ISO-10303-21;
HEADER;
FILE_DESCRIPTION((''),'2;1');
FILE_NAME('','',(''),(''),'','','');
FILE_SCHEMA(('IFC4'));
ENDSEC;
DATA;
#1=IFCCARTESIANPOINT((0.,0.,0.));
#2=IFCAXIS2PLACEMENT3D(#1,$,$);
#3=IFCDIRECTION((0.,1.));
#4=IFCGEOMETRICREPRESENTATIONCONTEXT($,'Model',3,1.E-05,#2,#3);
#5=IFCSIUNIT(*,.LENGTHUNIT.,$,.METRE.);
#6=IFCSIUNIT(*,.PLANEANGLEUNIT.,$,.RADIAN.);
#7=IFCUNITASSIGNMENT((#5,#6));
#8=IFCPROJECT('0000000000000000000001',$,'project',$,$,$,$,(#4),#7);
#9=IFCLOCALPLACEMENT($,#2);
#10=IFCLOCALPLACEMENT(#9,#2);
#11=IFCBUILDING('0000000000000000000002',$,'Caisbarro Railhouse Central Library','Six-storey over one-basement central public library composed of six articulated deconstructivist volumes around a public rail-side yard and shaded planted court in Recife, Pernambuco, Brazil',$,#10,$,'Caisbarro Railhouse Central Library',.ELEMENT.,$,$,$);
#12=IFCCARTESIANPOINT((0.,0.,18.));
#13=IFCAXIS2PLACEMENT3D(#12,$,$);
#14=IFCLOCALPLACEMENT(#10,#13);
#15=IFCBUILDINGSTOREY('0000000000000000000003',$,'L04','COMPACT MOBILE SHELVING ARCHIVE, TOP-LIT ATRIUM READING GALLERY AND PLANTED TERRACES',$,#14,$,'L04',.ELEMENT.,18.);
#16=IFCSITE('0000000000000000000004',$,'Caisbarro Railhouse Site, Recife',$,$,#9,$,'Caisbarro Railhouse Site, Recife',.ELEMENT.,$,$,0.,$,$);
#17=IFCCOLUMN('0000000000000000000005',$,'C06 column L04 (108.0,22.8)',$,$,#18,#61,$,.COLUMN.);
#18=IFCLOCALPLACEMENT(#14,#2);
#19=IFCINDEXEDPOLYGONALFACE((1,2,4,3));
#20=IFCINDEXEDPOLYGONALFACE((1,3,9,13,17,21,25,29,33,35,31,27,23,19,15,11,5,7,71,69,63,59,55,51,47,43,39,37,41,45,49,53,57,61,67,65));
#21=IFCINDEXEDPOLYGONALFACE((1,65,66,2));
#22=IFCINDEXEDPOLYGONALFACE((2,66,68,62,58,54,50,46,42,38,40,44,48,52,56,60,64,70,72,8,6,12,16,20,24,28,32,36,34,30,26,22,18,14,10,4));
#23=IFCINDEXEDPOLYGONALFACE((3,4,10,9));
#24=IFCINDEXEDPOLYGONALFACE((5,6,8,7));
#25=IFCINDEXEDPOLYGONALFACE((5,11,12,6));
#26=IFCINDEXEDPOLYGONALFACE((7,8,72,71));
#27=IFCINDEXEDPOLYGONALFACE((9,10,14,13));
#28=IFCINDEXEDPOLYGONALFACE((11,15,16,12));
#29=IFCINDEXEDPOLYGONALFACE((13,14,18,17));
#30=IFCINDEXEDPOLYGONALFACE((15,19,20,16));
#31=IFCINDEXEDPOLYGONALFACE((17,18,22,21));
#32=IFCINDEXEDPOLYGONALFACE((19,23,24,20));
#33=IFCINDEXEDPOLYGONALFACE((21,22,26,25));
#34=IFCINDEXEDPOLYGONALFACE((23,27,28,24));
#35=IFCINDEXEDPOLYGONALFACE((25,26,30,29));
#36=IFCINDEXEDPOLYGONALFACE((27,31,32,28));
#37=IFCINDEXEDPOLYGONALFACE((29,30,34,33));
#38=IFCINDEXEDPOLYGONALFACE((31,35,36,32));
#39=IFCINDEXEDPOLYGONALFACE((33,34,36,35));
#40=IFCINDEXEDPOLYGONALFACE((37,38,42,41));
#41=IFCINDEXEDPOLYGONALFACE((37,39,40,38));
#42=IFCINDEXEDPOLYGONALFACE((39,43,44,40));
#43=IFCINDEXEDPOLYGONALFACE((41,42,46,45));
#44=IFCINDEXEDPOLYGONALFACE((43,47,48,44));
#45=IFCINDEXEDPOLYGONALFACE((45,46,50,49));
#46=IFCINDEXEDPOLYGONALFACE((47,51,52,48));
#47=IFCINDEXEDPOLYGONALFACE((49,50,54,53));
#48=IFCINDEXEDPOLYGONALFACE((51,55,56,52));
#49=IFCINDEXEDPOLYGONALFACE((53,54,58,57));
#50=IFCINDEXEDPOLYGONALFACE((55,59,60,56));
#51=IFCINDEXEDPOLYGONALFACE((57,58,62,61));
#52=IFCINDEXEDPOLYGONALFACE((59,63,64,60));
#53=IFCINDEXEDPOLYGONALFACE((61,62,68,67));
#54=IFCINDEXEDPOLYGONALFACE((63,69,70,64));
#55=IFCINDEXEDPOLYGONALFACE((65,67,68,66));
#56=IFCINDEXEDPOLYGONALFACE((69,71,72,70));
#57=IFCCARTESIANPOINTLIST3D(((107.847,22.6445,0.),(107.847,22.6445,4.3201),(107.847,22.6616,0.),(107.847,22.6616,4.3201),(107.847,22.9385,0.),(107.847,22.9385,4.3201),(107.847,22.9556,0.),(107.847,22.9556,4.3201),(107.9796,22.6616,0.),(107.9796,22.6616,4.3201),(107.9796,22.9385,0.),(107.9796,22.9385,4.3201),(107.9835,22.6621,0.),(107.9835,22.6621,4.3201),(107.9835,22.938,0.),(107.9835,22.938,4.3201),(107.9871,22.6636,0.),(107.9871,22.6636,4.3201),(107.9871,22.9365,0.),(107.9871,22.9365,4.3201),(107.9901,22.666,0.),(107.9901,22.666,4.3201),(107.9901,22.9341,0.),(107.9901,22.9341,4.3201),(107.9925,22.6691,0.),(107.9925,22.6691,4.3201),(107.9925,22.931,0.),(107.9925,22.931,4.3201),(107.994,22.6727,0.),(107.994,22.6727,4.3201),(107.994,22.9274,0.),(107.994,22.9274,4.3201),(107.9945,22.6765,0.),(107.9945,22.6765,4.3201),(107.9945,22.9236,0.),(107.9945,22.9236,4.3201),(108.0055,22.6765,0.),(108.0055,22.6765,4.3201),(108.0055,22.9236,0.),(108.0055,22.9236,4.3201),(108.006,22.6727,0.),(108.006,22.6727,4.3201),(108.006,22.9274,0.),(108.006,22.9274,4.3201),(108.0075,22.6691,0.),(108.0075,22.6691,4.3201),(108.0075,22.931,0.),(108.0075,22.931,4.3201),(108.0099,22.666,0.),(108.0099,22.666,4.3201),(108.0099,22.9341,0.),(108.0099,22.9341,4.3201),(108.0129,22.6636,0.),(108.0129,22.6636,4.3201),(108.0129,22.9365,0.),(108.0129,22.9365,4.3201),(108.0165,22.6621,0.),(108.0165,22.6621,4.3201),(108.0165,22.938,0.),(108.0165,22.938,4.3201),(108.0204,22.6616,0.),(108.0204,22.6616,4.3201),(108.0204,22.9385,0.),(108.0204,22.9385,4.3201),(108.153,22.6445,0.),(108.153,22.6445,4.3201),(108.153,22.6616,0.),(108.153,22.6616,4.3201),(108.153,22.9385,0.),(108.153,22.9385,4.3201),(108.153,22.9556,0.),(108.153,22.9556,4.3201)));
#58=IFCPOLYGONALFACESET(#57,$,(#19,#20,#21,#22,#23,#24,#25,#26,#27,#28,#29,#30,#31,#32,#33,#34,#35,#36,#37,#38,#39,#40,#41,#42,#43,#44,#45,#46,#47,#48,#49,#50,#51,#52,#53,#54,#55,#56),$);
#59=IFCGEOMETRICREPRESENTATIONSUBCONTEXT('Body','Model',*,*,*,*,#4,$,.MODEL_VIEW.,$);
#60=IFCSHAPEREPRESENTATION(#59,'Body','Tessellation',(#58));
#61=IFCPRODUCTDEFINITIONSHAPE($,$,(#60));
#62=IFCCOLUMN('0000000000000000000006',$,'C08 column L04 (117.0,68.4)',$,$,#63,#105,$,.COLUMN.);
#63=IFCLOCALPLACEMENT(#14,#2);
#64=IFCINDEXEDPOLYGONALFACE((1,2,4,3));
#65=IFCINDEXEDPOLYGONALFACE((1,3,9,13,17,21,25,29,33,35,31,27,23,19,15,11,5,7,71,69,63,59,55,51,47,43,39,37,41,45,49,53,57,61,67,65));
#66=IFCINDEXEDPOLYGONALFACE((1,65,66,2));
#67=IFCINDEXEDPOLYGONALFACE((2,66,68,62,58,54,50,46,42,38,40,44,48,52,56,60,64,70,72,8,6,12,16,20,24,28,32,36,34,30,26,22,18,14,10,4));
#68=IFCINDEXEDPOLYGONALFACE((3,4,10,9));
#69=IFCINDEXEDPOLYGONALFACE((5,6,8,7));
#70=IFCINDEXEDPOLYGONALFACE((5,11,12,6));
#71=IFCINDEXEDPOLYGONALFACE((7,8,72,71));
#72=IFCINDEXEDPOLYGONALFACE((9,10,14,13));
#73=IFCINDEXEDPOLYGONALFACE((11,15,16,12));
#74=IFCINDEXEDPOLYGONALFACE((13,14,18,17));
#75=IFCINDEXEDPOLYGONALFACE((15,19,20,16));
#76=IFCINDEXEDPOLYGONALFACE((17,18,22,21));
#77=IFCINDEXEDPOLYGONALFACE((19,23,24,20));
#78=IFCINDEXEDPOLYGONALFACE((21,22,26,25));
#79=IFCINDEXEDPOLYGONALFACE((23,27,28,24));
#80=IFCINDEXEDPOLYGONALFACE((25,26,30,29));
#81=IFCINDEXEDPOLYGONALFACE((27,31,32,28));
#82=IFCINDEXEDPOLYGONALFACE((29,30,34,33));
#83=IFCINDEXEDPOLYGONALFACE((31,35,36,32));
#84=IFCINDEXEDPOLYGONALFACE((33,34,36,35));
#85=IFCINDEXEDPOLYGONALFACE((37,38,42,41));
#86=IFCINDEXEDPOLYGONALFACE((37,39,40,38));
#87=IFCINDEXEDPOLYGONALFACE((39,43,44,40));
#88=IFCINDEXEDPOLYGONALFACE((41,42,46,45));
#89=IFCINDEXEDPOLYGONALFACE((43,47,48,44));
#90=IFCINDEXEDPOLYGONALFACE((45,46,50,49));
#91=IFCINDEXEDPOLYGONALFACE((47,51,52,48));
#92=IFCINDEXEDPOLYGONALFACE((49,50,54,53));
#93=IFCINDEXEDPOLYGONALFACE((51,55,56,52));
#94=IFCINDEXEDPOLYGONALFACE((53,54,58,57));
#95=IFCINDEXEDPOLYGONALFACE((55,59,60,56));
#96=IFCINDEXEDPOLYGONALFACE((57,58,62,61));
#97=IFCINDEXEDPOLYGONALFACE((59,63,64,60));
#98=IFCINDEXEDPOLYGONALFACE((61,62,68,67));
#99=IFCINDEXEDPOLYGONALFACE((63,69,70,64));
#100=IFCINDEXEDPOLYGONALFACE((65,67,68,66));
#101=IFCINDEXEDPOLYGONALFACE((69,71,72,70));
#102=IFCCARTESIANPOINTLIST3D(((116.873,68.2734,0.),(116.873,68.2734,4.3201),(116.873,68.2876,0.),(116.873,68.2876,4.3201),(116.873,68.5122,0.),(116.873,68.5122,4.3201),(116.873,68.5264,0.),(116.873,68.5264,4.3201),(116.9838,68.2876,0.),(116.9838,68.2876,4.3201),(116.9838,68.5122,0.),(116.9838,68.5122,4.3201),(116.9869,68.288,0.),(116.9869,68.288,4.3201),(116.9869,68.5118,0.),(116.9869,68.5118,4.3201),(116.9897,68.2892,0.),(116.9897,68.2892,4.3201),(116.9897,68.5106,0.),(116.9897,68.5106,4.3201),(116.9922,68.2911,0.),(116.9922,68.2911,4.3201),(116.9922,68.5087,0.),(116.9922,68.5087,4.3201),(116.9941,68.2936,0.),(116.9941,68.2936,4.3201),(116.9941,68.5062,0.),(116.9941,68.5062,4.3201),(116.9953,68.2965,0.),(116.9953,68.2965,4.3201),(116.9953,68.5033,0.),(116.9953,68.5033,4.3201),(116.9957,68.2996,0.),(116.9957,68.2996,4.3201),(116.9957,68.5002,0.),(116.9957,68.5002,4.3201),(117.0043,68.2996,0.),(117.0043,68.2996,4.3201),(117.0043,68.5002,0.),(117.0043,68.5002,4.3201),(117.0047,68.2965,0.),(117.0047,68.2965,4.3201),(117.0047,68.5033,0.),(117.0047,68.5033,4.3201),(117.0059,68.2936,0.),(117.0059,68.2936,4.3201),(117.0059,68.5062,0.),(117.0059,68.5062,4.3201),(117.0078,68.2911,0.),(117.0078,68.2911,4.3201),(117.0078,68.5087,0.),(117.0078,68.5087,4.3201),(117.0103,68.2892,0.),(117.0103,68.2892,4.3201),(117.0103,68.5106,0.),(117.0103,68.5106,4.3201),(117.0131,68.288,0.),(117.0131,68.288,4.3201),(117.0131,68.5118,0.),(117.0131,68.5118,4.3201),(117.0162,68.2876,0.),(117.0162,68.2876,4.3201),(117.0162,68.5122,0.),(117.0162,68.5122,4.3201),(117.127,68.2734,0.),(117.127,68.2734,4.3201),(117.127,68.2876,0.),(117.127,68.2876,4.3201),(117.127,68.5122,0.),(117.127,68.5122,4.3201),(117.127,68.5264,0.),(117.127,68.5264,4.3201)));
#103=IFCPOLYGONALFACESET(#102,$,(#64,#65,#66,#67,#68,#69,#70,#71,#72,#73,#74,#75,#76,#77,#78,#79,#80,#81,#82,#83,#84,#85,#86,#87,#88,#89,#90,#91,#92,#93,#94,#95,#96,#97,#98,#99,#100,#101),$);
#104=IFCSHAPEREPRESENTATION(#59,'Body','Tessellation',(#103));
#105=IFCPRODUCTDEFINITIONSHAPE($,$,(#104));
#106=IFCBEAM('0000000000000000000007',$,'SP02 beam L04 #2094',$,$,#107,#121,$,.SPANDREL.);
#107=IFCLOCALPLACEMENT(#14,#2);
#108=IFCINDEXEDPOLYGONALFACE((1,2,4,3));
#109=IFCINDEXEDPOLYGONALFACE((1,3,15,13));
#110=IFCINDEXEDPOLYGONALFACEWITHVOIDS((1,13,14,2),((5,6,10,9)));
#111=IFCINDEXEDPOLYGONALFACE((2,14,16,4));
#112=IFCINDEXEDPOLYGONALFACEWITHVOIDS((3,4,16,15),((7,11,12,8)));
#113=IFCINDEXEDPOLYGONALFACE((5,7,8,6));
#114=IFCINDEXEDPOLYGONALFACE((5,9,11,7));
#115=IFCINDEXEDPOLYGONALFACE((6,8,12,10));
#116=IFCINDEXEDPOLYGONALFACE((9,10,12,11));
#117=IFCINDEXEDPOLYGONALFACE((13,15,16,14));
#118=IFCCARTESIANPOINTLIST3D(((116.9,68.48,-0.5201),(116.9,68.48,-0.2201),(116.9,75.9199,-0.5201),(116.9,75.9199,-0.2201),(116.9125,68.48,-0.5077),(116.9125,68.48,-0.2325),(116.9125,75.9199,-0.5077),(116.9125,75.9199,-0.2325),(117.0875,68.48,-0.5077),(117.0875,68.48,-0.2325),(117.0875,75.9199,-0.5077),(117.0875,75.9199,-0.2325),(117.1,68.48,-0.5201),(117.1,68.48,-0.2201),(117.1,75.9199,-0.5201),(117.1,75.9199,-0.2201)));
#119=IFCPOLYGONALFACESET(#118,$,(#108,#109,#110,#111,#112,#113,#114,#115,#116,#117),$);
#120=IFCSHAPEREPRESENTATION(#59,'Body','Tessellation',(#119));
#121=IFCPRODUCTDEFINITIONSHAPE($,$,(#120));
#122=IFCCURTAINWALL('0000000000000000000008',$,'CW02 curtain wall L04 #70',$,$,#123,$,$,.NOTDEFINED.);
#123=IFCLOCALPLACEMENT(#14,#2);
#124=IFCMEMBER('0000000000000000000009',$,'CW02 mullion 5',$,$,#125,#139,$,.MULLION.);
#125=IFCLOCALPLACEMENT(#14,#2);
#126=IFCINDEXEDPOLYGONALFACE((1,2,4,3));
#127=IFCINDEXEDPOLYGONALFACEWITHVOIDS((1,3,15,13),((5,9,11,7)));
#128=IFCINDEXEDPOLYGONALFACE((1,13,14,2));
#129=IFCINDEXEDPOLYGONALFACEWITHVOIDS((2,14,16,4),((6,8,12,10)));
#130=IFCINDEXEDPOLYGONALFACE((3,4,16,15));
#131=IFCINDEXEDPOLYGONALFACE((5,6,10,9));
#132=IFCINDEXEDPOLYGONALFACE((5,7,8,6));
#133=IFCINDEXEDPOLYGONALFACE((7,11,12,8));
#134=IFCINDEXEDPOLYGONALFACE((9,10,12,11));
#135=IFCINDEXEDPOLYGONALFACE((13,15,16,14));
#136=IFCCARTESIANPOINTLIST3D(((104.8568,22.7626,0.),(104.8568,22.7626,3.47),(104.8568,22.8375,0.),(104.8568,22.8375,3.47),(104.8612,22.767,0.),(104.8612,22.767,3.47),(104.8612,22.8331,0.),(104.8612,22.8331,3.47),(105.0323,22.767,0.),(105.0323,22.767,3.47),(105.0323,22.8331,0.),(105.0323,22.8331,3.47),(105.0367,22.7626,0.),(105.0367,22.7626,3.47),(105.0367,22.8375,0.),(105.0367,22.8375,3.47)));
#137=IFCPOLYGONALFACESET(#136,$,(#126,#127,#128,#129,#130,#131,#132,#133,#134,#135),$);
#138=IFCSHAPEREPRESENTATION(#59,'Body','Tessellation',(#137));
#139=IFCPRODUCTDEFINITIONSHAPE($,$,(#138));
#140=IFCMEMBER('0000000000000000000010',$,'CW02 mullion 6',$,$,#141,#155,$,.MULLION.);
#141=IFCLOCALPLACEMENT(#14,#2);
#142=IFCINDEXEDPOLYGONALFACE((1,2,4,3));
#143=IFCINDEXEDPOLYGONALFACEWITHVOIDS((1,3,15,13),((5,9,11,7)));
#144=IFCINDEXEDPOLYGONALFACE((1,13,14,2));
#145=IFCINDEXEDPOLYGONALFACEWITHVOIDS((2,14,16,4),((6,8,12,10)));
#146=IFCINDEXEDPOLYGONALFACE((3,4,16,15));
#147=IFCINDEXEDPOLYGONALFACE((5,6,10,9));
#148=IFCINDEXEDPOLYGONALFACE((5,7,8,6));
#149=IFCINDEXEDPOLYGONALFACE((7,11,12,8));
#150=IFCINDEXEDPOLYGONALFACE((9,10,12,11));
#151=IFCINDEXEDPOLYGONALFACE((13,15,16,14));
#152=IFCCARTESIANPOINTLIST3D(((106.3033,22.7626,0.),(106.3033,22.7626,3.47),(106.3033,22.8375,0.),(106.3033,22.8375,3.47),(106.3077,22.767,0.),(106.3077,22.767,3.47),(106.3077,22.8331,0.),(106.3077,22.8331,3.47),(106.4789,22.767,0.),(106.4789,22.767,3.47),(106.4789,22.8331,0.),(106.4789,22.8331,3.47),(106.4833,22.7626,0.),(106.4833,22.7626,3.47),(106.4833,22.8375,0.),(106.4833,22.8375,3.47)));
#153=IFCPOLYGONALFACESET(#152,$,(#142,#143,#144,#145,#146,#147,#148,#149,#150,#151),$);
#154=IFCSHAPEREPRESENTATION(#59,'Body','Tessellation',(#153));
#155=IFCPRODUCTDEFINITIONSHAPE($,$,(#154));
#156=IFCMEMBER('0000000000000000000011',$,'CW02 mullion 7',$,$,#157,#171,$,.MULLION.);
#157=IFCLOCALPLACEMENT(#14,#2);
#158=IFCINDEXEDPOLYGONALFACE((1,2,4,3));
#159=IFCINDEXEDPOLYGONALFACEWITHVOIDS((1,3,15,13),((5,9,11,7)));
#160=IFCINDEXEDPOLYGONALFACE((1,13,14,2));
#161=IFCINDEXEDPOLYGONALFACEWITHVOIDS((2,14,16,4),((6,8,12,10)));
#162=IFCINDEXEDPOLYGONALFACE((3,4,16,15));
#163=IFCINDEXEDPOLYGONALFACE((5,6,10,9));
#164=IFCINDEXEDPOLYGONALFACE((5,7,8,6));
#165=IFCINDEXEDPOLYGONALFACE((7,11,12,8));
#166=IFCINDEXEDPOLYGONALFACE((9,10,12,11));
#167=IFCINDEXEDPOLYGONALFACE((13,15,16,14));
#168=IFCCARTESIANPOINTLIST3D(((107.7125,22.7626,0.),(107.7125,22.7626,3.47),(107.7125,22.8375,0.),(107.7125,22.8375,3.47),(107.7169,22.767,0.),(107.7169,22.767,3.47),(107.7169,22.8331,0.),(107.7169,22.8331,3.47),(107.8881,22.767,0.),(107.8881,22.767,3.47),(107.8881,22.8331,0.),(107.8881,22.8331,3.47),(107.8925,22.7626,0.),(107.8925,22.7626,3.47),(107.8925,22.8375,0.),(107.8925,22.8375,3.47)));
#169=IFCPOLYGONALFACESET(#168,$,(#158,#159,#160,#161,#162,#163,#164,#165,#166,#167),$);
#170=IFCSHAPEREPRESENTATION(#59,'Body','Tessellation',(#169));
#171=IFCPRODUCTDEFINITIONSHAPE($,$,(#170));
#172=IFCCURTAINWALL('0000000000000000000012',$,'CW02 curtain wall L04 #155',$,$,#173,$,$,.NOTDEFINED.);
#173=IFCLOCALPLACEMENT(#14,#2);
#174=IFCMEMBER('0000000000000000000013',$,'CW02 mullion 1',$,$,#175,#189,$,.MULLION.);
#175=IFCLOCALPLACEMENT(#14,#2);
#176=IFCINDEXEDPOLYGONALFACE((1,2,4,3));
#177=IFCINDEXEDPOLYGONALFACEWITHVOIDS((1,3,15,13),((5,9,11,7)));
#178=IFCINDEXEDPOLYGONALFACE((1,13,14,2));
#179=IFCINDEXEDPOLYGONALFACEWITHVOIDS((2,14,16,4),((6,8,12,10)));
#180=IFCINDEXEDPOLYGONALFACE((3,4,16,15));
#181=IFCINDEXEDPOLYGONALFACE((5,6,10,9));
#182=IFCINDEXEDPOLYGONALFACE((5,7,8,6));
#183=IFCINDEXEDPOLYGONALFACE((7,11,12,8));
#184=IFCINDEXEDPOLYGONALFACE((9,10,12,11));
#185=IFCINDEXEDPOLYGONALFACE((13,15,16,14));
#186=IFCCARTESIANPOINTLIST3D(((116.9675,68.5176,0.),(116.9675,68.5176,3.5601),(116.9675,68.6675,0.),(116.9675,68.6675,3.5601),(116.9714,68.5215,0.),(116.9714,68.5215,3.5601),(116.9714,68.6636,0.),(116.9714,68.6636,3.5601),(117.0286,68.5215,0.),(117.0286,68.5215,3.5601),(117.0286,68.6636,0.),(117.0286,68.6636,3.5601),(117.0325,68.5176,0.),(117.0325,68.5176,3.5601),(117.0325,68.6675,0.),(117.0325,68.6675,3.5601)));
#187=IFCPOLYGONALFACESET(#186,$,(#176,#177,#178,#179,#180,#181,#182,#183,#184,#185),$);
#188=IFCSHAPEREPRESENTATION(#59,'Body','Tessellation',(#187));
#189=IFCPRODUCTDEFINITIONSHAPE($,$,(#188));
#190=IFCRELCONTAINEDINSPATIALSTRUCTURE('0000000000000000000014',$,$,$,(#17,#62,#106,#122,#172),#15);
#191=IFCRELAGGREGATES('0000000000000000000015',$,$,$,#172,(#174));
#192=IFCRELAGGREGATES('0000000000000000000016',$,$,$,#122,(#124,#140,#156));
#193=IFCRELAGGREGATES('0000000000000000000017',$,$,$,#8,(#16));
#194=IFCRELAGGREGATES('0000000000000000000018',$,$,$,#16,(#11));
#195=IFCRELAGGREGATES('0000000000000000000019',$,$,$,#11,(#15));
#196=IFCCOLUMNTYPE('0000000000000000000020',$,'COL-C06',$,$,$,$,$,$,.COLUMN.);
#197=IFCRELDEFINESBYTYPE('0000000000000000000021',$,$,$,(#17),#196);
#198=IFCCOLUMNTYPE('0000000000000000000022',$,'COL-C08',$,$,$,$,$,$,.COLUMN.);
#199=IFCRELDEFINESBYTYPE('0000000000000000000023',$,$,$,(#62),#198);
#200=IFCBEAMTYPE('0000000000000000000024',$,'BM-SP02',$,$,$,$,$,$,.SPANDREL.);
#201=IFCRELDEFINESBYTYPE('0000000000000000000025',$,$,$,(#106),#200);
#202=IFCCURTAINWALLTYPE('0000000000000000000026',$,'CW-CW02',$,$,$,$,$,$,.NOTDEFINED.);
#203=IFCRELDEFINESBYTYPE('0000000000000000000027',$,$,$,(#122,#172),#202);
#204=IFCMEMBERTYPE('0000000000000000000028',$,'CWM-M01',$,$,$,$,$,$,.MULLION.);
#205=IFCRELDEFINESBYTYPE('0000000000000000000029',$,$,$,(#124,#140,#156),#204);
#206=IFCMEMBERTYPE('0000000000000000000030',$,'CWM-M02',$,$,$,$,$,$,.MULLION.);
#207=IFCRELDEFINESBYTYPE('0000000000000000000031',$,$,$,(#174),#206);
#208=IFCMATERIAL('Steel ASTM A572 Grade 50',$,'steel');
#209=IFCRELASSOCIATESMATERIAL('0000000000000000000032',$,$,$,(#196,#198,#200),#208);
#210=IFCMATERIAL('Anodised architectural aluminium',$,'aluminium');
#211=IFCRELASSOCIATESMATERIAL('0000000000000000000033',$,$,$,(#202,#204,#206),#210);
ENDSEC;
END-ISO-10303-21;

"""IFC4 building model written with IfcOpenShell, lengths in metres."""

from ifc_helpers import new_model, si_unit, direction, frame, origin, origin_2d, place, context, subcontext, project, spatial, hollow_rectangle, i_section, extrude, material, material_profile, profile_set, type_object, element, aggregate, save


model = new_model("IFC4")

# Units and contexts
model_context = context("Model", 3, precision=1e-05, world=origin(), true_north=direction((0.0, 1.0)))
body_context = subcontext(model_context, "Body", "Model", "MODEL_VIEW")
ifc_project = project(units=[si_unit("LENGTHUNIT", "METRE"), si_unit("PLANEANGLEUNIT", "RADIAN")], contexts=[model_context])

# Site, building, storey
site_placement = place(None, origin())
site = spatial("IfcSite", under=ifc_project, at=site_placement, Name="Caisbarro Railhouse Site, Recife", LongName="Caisbarro Railhouse Site, Recife", CompositionType="ELEMENT", RefElevation=0.0)
building_placement = place(site_placement, origin())
building = spatial("IfcBuilding", under=site, at=building_placement, Name="Caisbarro Railhouse Central Library", Description="Six-storey over one-basement central public library composed of six articulated deconstructivist volumes around a public rail-side yard and shaded planted court in Recife, Pernambuco, Brazil", LongName="Caisbarro Railhouse Central Library", CompositionType="ELEMENT")
storey_placement = place(building_placement, frame((0.0, 0.0, 18.0)))
storey = spatial("IfcBuildingStorey", under=building, at=storey_placement, Name="L04", Description="COMPACT MOBILE SHELVING ARCHIVE, TOP-LIT ATRIUM READING GALLERY AND PLANTED TERRACES", LongName="L04", CompositionType="ELEMENT", Elevation=18.0)

# Columns
ifc_material_1 = material(Name="Steel ASTM A572 Grade 50", Category="steel")
ifc_material_profile_1 = material_profile(ifc_material_1, i_section(OverallWidth=0.3059, OverallDepth=0.311, WebThickness=0.011, FlangeThickness=0.0171, FilletRadius=0.0149, at=origin_2d()), Name="W310X107.0")
ifc_profile_set_1 = profile_set([ifc_material_profile_1], Name="Steel ASTM A572 Grade 50")
column_type_1 = type_object("IfcColumnType", Name="COL-C06", PredefinedType="COLUMN", material=ifc_profile_set_1)
column_1_placement = place(storey_placement, frame((108.0, 22.8, 0.0), z_axis=(0.0, 0.0, 1.0), x_axis=(1.0, 0.0, 0.0)))
element("IfcColumn", 1, at=column_1_placement, inside=storey, type_object=column_type_1, Name="C06 column L04 (108.0,22.8)", PredefinedType="COLUMN", context=body_context, shape_type="SweptSolid", body=[
    extrude(i_section(OverallWidth=0.3059, OverallDepth=0.311, WebThickness=0.011, FlangeThickness=0.0171, FilletRadius=0.0149, at=origin_2d()), origin(), (0.0, 0.0, 1.0), 4.3201),
])
ifc_material_profile_2 = material_profile(ifc_material_1, i_section(OverallWidth=0.2539, OverallDepth=0.2529, WebThickness=0.0085, FlangeThickness=0.0142, FilletRadius=0.012, at=origin_2d()), Name="W250X73.0")
ifc_profile_set_2 = profile_set([ifc_material_profile_2], Name="Steel ASTM A572 Grade 50")
column_type_2 = type_object("IfcColumnType", Name="COL-C08", PredefinedType="COLUMN", material=ifc_profile_set_2)
column_2_placement = place(storey_placement, frame((117.0, 68.3999, 0.0), z_axis=(0.0, 0.0, 1.0), x_axis=(1.0, 0.0, 0.0)))
element("IfcColumn", 2, at=column_2_placement, inside=storey, type_object=column_type_2, Name="C08 column L04 (117.0,68.4)", PredefinedType="COLUMN", context=body_context, shape_type="SweptSolid", body=[
    extrude(i_section(OverallWidth=0.2539, OverallDepth=0.2529, WebThickness=0.0085, FlangeThickness=0.0142, FilletRadius=0.012, at=origin_2d()), origin(), (0.0, 0.0, 1.0), 4.3201),
])

# Beam
ifc_material_profile_3 = material_profile(ifc_material_1, hollow_rectangle(XDim=0.2, YDim=0.3, WallThickness=0.0125, at=origin_2d()), Name="HSS300X200X12.5")
ifc_profile_set_3 = profile_set([ifc_material_profile_3], Name="Steel ASTM A572 Grade 50")
beam_type = type_object("IfcBeamType", Name="BM-SP02", PredefinedType="SPANDREL", material=ifc_profile_set_3)
beam_placement = place(storey_placement, frame((117.0, 68.48, -0.3701), z_axis=(0.0, 1.0, 0.0), x_axis=(-1.0, 0.0, 0.0)))
element("IfcBeam", 3, at=beam_placement, inside=storey, type_object=beam_type, Name="SP02 beam L04 #2094", PredefinedType="SPANDREL", context=body_context, shape_type="SweptSolid", body=[
    extrude(hollow_rectangle(XDim=0.2, YDim=0.3, WallThickness=0.0125, at=origin_2d()), origin(), (0.0, 0.0, 1.0), 7.4399),
])

# Curtain wall, members
ifc_material_2 = material(Name="Anodised architectural aluminium", Category="aluminium")
curtain_wall_type = type_object("IfcCurtainWallType", Name="CW-CW02", PredefinedType="NOTDEFINED", material=ifc_material_2)
curtain_wall_1_placement = place(storey_placement, origin())
curtain_wall_1 = element("IfcCurtainWall", 4, at=curtain_wall_1_placement, inside=storey, type_object=curtain_wall_type, Name="CW02 curtain wall L04 #70", PredefinedType="NOTDEFINED")
ifc_material_profile_4 = material_profile(ifc_material_2, hollow_rectangle(XDim=0.075, YDim=0.1799, WallThickness=0.0044, at=origin_2d()), Name="ALU-MUL-75X180")
ifc_profile_set_4 = profile_set([ifc_material_profile_4], Name="Anodised architectural aluminium")
member_type_1 = type_object("IfcMemberType", Name="CWM-M01", PredefinedType="MULLION", material=ifc_profile_set_4)
member_1_placement = place(storey_placement, frame((104.9468, 22.8, 0.0), z_axis=(0.0, 0.0, 1.0), x_axis=(0.0, 1.0, 0.0)))
member_1 = element("IfcMember", 5, at=member_1_placement, type_object=member_type_1, Name="CW02 mullion 5", PredefinedType="MULLION", context=body_context, shape_type="SweptSolid", body=[
    extrude(hollow_rectangle(XDim=0.075, YDim=0.1799, WallThickness=0.0044, at=origin_2d()), origin(), (0.0, 0.0, 1.0), 3.47),
])
member_2_placement = place(storey_placement, frame((106.3933, 22.8, 0.0), z_axis=(0.0, 0.0, 1.0), x_axis=(0.0, 1.0, 0.0)))
member_2 = element("IfcMember", 6, at=member_2_placement, type_object=member_type_1, Name="CW02 mullion 6", PredefinedType="MULLION", context=body_context, shape_type="SweptSolid", body=[
    extrude(hollow_rectangle(XDim=0.075, YDim=0.1799, WallThickness=0.0044, at=origin_2d()), origin(), (0.0, 0.0, 1.0), 3.47),
])
member_3_placement = place(storey_placement, frame((107.8025, 22.8, 0.0), z_axis=(0.0, 0.0, 1.0), x_axis=(0.0, 1.0, 0.0)))
member_3 = element("IfcMember", 7, at=member_3_placement, type_object=member_type_1, Name="CW02 mullion 7", PredefinedType="MULLION", context=body_context, shape_type="SweptSolid", body=[
    extrude(hollow_rectangle(XDim=0.075, YDim=0.1799, WallThickness=0.0044, at=origin_2d()), origin(), (0.0, 0.0, 1.0), 3.47),
])

# Curtain wall, member
curtain_wall_2_placement = place(storey_placement, origin())
curtain_wall_2 = element("IfcCurtainWall", 8, at=curtain_wall_2_placement, inside=storey, type_object=curtain_wall_type, Name="CW02 curtain wall L04 #155", PredefinedType="NOTDEFINED")
ifc_material_profile_5 = material_profile(ifc_material_2, hollow_rectangle(XDim=0.0649, YDim=0.1499, WallThickness=0.0039, at=origin_2d()), Name="ALU-MUL-65X150")
ifc_profile_set_5 = profile_set([ifc_material_profile_5], Name="Anodised architectural aluminium")
member_type_2 = type_object("IfcMemberType", Name="CWM-M02", PredefinedType="MULLION", material=ifc_profile_set_5)
member_4_placement = place(storey_placement, frame((117.0, 68.5925, 0.0), z_axis=(0.0, 0.0, 1.0), x_axis=(-1.0, 0.0, 0.0)))
member_4 = element("IfcMember", 9, at=member_4_placement, type_object=member_type_2, Name="CW02 mullion 1", PredefinedType="MULLION", context=body_context, shape_type="SweptSolid", body=[
    extrude(hollow_rectangle(XDim=0.0649, YDim=0.1499, WallThickness=0.0039, at=origin_2d()), origin(), (0.0, 0.0, 1.0), 3.5601),
])

aggregate(curtain_wall_2, [member_4])
aggregate(curtain_wall_1, [member_1, member_2, member_3])

save(model, "model.ifc")
